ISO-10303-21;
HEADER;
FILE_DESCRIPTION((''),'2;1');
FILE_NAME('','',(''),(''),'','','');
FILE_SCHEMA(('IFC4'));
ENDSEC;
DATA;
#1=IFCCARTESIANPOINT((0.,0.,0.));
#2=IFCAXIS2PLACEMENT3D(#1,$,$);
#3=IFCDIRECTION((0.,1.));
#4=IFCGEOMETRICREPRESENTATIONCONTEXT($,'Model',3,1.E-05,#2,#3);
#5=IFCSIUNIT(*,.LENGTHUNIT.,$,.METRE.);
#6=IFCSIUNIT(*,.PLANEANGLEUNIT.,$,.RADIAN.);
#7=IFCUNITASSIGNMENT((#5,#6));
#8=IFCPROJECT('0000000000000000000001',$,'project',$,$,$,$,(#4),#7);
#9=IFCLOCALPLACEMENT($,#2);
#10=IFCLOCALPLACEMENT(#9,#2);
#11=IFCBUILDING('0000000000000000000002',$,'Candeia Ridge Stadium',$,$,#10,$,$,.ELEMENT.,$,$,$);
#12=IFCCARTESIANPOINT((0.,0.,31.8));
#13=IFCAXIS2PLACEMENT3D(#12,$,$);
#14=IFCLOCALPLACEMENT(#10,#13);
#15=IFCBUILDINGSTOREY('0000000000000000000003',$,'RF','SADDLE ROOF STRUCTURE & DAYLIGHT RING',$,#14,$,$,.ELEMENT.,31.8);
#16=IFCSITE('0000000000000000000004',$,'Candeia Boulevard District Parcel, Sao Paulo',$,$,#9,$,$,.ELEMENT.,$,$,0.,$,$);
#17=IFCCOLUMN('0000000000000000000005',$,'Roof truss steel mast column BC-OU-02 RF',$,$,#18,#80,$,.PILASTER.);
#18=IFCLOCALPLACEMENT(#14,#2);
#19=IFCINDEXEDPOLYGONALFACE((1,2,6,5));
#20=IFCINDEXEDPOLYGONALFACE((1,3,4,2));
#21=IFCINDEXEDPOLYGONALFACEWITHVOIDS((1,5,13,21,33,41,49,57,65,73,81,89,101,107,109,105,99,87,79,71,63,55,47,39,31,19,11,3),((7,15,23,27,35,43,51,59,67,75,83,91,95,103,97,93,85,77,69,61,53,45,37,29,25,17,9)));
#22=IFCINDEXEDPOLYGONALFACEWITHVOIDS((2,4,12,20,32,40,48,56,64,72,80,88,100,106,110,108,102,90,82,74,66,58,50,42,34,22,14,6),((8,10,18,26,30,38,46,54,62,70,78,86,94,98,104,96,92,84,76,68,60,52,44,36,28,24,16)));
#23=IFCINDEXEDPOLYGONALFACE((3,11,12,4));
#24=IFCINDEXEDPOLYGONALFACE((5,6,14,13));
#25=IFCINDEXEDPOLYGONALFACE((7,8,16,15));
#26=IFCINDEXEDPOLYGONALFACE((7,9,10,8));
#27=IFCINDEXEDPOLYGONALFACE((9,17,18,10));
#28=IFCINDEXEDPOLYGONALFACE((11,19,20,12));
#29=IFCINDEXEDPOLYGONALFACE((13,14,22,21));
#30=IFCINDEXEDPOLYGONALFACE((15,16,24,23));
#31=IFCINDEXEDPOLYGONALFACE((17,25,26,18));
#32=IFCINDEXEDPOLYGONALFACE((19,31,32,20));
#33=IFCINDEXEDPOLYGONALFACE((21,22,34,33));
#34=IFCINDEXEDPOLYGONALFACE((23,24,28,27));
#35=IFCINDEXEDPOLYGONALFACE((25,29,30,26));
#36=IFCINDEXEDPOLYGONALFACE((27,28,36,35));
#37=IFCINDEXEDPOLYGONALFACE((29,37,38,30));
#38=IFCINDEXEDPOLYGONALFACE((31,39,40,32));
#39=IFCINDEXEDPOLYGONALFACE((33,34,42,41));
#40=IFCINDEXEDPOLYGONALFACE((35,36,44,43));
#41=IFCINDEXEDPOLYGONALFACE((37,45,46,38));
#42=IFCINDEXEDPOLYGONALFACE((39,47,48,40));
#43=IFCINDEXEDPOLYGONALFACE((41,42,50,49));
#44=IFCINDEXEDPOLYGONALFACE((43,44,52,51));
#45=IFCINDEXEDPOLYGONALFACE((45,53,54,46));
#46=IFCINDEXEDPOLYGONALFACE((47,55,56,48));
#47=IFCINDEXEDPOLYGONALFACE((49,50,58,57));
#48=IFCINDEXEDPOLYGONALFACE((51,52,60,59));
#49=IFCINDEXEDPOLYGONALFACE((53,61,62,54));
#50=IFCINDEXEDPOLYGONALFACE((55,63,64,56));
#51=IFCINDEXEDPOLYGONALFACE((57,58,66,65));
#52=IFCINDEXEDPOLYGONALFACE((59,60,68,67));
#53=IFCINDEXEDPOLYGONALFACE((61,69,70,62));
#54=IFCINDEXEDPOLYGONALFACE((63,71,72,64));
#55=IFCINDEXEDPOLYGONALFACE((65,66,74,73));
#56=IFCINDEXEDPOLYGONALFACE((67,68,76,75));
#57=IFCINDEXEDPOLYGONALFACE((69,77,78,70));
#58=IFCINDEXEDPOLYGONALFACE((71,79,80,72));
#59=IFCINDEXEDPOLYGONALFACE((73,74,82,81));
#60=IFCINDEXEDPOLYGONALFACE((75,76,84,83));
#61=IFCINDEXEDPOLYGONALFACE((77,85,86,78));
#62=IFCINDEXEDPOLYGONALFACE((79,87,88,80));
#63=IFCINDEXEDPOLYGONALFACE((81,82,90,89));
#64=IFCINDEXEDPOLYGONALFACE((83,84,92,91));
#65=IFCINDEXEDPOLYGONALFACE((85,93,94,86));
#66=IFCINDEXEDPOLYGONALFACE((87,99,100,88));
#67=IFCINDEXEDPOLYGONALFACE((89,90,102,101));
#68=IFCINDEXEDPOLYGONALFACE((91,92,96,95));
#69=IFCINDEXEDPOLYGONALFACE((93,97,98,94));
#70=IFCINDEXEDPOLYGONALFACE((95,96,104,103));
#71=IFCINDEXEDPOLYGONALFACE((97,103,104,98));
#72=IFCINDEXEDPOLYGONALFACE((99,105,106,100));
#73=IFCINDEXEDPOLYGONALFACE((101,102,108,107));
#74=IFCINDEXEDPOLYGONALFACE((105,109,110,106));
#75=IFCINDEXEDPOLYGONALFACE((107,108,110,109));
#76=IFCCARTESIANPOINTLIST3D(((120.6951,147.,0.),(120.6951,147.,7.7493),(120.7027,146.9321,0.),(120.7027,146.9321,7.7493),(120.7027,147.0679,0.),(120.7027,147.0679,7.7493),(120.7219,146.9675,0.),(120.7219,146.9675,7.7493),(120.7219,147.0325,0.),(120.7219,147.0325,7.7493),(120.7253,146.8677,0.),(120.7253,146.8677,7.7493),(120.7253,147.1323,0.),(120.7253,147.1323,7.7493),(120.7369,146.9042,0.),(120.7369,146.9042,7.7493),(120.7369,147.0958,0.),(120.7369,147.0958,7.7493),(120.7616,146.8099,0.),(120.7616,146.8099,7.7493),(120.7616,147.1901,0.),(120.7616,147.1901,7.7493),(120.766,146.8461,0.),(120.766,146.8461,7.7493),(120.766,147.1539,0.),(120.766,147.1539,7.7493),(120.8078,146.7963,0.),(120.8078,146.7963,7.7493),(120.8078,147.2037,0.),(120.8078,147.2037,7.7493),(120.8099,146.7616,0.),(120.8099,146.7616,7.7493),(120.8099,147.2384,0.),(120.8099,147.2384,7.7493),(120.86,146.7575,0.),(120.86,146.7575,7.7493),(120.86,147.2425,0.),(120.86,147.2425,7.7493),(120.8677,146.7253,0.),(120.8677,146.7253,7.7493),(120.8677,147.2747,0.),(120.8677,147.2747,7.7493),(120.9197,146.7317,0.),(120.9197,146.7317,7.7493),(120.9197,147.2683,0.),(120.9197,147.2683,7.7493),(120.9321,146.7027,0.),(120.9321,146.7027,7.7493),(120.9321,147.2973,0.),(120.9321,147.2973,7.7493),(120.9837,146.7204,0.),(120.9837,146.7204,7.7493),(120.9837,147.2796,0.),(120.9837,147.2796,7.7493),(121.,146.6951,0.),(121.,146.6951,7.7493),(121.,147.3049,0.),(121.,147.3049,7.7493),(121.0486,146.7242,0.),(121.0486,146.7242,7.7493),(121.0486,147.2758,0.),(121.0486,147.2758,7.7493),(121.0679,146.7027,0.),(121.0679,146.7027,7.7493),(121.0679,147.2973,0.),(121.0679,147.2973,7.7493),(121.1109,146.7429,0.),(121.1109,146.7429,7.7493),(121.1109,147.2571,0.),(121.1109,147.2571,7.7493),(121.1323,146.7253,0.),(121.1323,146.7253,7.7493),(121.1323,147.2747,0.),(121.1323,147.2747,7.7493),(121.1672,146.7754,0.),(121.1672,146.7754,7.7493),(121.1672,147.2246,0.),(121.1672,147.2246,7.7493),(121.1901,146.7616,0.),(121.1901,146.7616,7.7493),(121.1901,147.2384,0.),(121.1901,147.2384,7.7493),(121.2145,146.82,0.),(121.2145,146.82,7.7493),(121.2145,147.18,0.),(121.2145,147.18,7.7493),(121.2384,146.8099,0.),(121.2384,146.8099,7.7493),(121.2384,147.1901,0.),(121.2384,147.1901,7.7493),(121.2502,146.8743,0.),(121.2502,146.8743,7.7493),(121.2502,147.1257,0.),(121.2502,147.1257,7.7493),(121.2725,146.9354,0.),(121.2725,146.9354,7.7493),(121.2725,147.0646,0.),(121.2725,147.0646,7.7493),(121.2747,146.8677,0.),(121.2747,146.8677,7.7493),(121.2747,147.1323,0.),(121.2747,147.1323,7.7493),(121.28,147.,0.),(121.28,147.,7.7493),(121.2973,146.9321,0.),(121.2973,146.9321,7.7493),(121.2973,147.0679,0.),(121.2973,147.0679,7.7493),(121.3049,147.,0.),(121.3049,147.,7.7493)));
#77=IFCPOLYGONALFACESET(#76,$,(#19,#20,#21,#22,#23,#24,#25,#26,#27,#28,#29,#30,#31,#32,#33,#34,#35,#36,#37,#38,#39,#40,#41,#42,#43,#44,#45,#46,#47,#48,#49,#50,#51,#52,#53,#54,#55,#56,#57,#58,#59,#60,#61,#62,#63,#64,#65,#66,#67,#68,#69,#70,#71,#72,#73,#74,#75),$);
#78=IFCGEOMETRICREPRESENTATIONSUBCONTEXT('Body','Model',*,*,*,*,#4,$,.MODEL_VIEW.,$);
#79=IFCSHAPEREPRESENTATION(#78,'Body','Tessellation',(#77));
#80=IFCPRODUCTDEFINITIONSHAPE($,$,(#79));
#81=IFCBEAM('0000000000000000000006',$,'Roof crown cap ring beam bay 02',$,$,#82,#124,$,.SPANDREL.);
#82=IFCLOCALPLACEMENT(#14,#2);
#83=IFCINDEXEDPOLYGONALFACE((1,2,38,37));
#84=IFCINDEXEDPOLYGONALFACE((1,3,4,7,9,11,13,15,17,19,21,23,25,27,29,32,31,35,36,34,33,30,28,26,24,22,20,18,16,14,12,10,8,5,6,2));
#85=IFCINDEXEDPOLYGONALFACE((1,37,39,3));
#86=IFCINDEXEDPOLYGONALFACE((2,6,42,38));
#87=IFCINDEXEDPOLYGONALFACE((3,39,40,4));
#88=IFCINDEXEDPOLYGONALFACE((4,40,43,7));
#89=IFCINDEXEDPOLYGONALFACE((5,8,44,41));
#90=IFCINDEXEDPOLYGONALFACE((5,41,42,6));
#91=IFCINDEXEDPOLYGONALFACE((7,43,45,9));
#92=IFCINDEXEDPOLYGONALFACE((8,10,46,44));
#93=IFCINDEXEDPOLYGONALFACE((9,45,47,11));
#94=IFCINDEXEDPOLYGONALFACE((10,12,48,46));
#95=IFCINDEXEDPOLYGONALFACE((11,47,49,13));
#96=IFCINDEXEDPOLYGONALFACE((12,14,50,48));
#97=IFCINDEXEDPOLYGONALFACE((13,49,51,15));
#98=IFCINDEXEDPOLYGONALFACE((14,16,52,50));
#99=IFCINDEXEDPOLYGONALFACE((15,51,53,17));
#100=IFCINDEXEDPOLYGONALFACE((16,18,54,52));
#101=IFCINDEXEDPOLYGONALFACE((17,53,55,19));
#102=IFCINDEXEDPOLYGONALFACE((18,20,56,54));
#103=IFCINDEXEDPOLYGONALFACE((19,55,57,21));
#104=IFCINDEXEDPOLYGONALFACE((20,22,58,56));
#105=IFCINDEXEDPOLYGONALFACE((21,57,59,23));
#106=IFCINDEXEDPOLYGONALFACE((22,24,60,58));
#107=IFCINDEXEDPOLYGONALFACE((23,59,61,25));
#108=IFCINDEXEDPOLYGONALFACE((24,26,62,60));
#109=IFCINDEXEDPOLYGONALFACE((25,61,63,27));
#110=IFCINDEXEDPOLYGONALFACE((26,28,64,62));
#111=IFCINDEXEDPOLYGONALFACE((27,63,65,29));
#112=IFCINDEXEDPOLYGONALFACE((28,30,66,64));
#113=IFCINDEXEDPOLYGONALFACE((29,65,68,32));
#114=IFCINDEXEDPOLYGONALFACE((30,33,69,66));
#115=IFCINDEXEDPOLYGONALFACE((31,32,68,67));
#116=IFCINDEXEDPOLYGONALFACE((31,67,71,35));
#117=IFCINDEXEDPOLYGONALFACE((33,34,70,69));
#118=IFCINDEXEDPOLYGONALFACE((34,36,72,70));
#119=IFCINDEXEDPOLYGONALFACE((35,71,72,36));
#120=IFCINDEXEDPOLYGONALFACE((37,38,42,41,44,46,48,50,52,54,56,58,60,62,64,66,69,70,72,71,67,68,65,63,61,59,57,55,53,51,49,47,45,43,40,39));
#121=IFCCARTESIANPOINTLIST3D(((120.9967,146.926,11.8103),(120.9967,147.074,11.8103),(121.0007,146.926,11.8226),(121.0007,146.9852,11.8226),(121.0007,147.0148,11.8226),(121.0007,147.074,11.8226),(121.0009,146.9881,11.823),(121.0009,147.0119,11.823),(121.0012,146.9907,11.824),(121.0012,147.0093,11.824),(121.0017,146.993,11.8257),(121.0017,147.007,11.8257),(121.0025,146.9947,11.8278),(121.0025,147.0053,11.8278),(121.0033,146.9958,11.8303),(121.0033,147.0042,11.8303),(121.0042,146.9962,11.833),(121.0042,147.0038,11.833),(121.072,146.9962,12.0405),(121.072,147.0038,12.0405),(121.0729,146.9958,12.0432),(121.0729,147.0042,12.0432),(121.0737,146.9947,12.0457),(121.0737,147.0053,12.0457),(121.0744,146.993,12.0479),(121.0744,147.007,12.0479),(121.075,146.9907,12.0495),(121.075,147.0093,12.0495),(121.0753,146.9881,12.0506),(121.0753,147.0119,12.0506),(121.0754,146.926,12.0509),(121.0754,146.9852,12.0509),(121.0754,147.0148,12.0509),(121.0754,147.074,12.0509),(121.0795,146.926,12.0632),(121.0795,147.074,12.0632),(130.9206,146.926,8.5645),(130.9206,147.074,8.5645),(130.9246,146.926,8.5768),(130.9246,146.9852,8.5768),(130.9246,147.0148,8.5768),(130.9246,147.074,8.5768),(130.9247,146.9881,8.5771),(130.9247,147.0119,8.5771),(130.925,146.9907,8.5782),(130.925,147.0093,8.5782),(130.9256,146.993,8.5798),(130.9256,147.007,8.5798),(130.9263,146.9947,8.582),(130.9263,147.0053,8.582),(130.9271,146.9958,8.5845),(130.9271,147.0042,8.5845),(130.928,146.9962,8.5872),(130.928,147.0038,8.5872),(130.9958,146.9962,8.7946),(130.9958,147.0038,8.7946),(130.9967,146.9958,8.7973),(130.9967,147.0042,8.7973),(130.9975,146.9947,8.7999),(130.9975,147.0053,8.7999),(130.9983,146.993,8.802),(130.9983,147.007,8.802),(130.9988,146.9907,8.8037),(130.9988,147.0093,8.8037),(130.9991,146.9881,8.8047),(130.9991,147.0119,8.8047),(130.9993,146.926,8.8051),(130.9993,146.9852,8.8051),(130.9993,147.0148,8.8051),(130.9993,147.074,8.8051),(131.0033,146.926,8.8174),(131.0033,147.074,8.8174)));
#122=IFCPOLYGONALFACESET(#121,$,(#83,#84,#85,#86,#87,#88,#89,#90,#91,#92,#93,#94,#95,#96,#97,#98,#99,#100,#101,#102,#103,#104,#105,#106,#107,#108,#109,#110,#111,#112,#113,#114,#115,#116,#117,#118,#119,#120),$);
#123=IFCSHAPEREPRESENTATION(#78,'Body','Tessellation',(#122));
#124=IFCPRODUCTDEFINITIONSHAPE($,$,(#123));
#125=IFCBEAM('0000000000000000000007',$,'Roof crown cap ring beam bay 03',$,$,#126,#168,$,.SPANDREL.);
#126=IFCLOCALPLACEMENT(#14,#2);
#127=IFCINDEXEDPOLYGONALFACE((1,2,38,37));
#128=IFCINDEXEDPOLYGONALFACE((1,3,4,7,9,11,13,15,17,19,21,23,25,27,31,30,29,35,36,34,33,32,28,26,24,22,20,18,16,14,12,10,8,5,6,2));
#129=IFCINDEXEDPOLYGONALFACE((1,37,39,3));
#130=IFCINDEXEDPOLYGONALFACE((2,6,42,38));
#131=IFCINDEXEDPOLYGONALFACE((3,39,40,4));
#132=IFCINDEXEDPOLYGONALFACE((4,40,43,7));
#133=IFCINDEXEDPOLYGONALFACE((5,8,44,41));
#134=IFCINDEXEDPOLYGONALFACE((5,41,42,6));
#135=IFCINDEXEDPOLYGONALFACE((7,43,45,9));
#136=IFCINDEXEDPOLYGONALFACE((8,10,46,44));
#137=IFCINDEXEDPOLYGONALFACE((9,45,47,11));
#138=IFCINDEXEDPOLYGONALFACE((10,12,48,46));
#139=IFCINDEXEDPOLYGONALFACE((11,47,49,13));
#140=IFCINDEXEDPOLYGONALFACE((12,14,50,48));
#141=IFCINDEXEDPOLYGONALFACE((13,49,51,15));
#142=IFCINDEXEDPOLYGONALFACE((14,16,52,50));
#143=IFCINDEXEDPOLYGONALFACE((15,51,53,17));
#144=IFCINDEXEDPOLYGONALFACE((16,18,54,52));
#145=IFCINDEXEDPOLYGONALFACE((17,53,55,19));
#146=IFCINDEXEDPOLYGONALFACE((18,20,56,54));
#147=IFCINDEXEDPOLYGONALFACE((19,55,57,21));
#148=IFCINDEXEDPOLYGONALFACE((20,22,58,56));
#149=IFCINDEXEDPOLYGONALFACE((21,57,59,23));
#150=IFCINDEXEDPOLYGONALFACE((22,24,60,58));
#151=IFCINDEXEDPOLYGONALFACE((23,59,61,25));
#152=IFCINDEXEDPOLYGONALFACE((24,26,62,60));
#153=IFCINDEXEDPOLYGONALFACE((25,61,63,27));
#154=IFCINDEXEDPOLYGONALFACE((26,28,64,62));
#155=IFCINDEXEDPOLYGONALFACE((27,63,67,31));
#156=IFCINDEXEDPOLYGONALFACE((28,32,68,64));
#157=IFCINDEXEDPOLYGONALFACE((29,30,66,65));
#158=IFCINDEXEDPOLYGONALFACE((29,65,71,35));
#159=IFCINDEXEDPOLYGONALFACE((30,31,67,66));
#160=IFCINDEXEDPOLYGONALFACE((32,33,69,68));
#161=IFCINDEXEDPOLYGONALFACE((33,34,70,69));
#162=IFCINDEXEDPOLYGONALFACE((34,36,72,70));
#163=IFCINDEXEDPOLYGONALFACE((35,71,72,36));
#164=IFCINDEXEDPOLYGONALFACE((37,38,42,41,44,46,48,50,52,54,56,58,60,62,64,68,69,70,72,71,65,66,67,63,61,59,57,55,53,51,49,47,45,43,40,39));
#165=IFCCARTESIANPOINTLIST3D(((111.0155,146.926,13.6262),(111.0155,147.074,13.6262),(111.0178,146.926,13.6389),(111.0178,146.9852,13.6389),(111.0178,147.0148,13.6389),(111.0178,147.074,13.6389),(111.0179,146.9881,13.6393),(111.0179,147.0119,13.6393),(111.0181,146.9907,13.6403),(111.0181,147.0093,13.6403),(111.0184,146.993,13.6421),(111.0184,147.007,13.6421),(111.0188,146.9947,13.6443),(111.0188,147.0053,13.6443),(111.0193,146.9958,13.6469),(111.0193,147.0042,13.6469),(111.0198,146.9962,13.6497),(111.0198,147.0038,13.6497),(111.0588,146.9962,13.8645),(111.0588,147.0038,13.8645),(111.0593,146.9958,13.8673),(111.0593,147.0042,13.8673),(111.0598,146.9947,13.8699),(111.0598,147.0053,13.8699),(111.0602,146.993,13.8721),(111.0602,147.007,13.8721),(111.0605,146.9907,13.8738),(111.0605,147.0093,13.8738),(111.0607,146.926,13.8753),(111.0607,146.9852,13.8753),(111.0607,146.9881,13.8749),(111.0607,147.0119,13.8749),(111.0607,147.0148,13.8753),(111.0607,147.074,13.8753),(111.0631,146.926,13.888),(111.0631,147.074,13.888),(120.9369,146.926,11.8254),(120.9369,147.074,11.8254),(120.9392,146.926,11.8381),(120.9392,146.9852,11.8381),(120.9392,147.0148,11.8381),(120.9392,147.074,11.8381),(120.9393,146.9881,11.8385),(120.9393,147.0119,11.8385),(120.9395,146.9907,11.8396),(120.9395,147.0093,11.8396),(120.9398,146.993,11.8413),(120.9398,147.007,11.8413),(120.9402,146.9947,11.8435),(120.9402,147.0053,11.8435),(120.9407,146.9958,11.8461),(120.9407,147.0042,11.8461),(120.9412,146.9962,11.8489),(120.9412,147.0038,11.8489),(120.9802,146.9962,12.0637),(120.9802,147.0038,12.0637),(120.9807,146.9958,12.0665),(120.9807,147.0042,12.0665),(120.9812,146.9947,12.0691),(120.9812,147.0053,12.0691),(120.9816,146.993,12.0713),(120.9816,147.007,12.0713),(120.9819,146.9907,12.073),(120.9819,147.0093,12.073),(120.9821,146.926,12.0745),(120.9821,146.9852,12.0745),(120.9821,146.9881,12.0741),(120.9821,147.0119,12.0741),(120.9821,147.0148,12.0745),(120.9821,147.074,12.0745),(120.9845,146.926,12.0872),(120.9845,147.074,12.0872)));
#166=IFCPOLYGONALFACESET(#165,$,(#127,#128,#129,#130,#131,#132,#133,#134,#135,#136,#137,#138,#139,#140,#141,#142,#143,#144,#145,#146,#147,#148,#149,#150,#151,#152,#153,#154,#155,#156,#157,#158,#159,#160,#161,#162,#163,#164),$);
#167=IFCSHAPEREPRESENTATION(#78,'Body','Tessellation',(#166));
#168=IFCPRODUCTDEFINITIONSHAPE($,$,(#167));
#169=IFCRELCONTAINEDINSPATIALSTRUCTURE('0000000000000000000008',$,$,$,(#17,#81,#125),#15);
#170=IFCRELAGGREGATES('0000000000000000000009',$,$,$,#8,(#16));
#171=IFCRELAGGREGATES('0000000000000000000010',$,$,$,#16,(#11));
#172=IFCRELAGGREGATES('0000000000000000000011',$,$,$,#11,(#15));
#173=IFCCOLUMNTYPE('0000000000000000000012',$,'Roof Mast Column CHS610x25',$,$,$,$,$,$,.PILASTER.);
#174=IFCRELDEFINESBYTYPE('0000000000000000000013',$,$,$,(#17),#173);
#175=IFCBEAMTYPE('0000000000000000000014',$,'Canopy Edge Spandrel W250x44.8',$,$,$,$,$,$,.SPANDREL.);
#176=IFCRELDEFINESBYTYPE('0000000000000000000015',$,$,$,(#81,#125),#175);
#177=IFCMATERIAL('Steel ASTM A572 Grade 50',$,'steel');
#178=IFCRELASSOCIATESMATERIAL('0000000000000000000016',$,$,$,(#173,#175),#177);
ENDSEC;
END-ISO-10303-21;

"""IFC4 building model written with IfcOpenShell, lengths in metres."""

from ifc_helpers import new_model, si_unit, direction, frame, origin, origin_2d, place, context, subcontext, project, spatial, hollow_circle, i_section, extrude, material, material_profile, profile_set, type_object, element, save


model = new_model("IFC4")

# Units and contexts
model_context = context("Model", 3, precision=1e-05, world=origin(), true_north=direction((0.0, 1.0)))
body_context = subcontext(model_context, "Body", "Model", "MODEL_VIEW")
ifc_project = project(units=[si_unit("LENGTHUNIT", "METRE"), si_unit("PLANEANGLEUNIT", "RADIAN")], contexts=[model_context])

# Site, building, storey
site_placement = place(None, origin())
site = spatial("IfcSite", under=ifc_project, at=site_placement, Name="Candeia Boulevard District Parcel, Sao Paulo", CompositionType="ELEMENT", RefElevation=0.0)
building_placement = place(site_placement, origin())
building = spatial("IfcBuilding", under=site, at=building_placement, Name="Candeia Ridge Stadium", CompositionType="ELEMENT")
storey_placement = place(building_placement, frame((0.0, 0.0, 31.8)))
storey = spatial("IfcBuildingStorey", under=building, at=storey_placement, Name="RF", Description="SADDLE ROOF STRUCTURE & DAYLIGHT RING", CompositionType="ELEMENT", Elevation=31.8)

# Column
ifc_material_1 = material(Name="Steel ASTM A572 Grade 50", Category="steel")
ifc_material_profile_1 = material_profile(ifc_material_1, hollow_circle(Radius=0.3049, WallThickness=0.0249, at=origin_2d()), Name="CHS610x25", Category="steel")
ifc_profile_set_1 = profile_set([ifc_material_profile_1], Name="Steel ASTM A572 Grade 50")
column_type = type_object("IfcColumnType", Name="Roof Mast Column CHS610x25", PredefinedType="PILASTER", material=ifc_profile_set_1)
column_placement = place(storey_placement, frame((121.0, 147.0, 0.0), z_axis=(0.0, 0.0, 1.0), x_axis=(1.0, 0.0, 0.0)))
element("IfcColumn", 1, at=column_placement, inside=storey, type_object=column_type, Name="Roof truss steel mast column BC-OU-02 RF", PredefinedType="PILASTER", context=body_context, shape_type="SweptSolid", body=[
    extrude(hollow_circle(Radius=0.3049, WallThickness=0.0249, at=origin_2d()), origin(), (0.0, 0.0, 1.0), 7.7493),
])

# Beams
ifc_material_profile_2 = material_profile(ifc_material_1, i_section(OverallWidth=0.1479, OverallDepth=0.2661, WebThickness=0.0076, FlangeThickness=0.0129, FilletRadius=0.011, at=origin_2d()), Name="W250x44.8", Category="steel")
ifc_profile_set_2 = profile_set([ifc_material_profile_2], Name="Steel ASTM A572 Grade 50")
beam_type_1 = type_object("IfcBeamType", Name="Canopy Edge Spandrel W250x44.8", PredefinedType="SPANDREL", material=ifc_profile_set_2)
beam_1_placement = place(storey_placement, frame((130.9619, 147.0, 8.6909), z_axis=(-0.950452, 0.0, 0.31087), x_axis=(0.0, -1.0, 0.0)))
element("IfcBeam", 2, at=beam_1_placement, inside=storey, type_object=beam_type_1, Name="Roof crown cap ring beam bay 02", PredefinedType="SPANDREL", context=body_context, shape_type="SweptSolid", body=[
    extrude(i_section(OverallWidth=0.1479, OverallDepth=0.2661, WebThickness=0.0076, FlangeThickness=0.0129, FilletRadius=0.011, at=origin_2d()), origin(), (0.0, 0.0, 1.0), 10.4412),
])
beam_2_placement = place(storey_placement, frame((120.9607, 147.0, 11.9563), z_axis=(-0.983924, 0.0, 0.178587), x_axis=(0.0, -1.0, 0.0)))
element("IfcBeam", 3, at=beam_2_placement, inside=storey, type_object=beam_type_1, Name="Roof crown cap ring beam bay 03", PredefinedType="SPANDREL", context=body_context, shape_type="SweptSolid", body=[
    extrude(i_section(OverallWidth=0.1479, OverallDepth=0.2661, WebThickness=0.0076, FlangeThickness=0.0129, FilletRadius=0.011, at=origin_2d()), origin(), (0.0, 0.0, 1.0), 10.0835),
])

save(model, "model.ifc")
